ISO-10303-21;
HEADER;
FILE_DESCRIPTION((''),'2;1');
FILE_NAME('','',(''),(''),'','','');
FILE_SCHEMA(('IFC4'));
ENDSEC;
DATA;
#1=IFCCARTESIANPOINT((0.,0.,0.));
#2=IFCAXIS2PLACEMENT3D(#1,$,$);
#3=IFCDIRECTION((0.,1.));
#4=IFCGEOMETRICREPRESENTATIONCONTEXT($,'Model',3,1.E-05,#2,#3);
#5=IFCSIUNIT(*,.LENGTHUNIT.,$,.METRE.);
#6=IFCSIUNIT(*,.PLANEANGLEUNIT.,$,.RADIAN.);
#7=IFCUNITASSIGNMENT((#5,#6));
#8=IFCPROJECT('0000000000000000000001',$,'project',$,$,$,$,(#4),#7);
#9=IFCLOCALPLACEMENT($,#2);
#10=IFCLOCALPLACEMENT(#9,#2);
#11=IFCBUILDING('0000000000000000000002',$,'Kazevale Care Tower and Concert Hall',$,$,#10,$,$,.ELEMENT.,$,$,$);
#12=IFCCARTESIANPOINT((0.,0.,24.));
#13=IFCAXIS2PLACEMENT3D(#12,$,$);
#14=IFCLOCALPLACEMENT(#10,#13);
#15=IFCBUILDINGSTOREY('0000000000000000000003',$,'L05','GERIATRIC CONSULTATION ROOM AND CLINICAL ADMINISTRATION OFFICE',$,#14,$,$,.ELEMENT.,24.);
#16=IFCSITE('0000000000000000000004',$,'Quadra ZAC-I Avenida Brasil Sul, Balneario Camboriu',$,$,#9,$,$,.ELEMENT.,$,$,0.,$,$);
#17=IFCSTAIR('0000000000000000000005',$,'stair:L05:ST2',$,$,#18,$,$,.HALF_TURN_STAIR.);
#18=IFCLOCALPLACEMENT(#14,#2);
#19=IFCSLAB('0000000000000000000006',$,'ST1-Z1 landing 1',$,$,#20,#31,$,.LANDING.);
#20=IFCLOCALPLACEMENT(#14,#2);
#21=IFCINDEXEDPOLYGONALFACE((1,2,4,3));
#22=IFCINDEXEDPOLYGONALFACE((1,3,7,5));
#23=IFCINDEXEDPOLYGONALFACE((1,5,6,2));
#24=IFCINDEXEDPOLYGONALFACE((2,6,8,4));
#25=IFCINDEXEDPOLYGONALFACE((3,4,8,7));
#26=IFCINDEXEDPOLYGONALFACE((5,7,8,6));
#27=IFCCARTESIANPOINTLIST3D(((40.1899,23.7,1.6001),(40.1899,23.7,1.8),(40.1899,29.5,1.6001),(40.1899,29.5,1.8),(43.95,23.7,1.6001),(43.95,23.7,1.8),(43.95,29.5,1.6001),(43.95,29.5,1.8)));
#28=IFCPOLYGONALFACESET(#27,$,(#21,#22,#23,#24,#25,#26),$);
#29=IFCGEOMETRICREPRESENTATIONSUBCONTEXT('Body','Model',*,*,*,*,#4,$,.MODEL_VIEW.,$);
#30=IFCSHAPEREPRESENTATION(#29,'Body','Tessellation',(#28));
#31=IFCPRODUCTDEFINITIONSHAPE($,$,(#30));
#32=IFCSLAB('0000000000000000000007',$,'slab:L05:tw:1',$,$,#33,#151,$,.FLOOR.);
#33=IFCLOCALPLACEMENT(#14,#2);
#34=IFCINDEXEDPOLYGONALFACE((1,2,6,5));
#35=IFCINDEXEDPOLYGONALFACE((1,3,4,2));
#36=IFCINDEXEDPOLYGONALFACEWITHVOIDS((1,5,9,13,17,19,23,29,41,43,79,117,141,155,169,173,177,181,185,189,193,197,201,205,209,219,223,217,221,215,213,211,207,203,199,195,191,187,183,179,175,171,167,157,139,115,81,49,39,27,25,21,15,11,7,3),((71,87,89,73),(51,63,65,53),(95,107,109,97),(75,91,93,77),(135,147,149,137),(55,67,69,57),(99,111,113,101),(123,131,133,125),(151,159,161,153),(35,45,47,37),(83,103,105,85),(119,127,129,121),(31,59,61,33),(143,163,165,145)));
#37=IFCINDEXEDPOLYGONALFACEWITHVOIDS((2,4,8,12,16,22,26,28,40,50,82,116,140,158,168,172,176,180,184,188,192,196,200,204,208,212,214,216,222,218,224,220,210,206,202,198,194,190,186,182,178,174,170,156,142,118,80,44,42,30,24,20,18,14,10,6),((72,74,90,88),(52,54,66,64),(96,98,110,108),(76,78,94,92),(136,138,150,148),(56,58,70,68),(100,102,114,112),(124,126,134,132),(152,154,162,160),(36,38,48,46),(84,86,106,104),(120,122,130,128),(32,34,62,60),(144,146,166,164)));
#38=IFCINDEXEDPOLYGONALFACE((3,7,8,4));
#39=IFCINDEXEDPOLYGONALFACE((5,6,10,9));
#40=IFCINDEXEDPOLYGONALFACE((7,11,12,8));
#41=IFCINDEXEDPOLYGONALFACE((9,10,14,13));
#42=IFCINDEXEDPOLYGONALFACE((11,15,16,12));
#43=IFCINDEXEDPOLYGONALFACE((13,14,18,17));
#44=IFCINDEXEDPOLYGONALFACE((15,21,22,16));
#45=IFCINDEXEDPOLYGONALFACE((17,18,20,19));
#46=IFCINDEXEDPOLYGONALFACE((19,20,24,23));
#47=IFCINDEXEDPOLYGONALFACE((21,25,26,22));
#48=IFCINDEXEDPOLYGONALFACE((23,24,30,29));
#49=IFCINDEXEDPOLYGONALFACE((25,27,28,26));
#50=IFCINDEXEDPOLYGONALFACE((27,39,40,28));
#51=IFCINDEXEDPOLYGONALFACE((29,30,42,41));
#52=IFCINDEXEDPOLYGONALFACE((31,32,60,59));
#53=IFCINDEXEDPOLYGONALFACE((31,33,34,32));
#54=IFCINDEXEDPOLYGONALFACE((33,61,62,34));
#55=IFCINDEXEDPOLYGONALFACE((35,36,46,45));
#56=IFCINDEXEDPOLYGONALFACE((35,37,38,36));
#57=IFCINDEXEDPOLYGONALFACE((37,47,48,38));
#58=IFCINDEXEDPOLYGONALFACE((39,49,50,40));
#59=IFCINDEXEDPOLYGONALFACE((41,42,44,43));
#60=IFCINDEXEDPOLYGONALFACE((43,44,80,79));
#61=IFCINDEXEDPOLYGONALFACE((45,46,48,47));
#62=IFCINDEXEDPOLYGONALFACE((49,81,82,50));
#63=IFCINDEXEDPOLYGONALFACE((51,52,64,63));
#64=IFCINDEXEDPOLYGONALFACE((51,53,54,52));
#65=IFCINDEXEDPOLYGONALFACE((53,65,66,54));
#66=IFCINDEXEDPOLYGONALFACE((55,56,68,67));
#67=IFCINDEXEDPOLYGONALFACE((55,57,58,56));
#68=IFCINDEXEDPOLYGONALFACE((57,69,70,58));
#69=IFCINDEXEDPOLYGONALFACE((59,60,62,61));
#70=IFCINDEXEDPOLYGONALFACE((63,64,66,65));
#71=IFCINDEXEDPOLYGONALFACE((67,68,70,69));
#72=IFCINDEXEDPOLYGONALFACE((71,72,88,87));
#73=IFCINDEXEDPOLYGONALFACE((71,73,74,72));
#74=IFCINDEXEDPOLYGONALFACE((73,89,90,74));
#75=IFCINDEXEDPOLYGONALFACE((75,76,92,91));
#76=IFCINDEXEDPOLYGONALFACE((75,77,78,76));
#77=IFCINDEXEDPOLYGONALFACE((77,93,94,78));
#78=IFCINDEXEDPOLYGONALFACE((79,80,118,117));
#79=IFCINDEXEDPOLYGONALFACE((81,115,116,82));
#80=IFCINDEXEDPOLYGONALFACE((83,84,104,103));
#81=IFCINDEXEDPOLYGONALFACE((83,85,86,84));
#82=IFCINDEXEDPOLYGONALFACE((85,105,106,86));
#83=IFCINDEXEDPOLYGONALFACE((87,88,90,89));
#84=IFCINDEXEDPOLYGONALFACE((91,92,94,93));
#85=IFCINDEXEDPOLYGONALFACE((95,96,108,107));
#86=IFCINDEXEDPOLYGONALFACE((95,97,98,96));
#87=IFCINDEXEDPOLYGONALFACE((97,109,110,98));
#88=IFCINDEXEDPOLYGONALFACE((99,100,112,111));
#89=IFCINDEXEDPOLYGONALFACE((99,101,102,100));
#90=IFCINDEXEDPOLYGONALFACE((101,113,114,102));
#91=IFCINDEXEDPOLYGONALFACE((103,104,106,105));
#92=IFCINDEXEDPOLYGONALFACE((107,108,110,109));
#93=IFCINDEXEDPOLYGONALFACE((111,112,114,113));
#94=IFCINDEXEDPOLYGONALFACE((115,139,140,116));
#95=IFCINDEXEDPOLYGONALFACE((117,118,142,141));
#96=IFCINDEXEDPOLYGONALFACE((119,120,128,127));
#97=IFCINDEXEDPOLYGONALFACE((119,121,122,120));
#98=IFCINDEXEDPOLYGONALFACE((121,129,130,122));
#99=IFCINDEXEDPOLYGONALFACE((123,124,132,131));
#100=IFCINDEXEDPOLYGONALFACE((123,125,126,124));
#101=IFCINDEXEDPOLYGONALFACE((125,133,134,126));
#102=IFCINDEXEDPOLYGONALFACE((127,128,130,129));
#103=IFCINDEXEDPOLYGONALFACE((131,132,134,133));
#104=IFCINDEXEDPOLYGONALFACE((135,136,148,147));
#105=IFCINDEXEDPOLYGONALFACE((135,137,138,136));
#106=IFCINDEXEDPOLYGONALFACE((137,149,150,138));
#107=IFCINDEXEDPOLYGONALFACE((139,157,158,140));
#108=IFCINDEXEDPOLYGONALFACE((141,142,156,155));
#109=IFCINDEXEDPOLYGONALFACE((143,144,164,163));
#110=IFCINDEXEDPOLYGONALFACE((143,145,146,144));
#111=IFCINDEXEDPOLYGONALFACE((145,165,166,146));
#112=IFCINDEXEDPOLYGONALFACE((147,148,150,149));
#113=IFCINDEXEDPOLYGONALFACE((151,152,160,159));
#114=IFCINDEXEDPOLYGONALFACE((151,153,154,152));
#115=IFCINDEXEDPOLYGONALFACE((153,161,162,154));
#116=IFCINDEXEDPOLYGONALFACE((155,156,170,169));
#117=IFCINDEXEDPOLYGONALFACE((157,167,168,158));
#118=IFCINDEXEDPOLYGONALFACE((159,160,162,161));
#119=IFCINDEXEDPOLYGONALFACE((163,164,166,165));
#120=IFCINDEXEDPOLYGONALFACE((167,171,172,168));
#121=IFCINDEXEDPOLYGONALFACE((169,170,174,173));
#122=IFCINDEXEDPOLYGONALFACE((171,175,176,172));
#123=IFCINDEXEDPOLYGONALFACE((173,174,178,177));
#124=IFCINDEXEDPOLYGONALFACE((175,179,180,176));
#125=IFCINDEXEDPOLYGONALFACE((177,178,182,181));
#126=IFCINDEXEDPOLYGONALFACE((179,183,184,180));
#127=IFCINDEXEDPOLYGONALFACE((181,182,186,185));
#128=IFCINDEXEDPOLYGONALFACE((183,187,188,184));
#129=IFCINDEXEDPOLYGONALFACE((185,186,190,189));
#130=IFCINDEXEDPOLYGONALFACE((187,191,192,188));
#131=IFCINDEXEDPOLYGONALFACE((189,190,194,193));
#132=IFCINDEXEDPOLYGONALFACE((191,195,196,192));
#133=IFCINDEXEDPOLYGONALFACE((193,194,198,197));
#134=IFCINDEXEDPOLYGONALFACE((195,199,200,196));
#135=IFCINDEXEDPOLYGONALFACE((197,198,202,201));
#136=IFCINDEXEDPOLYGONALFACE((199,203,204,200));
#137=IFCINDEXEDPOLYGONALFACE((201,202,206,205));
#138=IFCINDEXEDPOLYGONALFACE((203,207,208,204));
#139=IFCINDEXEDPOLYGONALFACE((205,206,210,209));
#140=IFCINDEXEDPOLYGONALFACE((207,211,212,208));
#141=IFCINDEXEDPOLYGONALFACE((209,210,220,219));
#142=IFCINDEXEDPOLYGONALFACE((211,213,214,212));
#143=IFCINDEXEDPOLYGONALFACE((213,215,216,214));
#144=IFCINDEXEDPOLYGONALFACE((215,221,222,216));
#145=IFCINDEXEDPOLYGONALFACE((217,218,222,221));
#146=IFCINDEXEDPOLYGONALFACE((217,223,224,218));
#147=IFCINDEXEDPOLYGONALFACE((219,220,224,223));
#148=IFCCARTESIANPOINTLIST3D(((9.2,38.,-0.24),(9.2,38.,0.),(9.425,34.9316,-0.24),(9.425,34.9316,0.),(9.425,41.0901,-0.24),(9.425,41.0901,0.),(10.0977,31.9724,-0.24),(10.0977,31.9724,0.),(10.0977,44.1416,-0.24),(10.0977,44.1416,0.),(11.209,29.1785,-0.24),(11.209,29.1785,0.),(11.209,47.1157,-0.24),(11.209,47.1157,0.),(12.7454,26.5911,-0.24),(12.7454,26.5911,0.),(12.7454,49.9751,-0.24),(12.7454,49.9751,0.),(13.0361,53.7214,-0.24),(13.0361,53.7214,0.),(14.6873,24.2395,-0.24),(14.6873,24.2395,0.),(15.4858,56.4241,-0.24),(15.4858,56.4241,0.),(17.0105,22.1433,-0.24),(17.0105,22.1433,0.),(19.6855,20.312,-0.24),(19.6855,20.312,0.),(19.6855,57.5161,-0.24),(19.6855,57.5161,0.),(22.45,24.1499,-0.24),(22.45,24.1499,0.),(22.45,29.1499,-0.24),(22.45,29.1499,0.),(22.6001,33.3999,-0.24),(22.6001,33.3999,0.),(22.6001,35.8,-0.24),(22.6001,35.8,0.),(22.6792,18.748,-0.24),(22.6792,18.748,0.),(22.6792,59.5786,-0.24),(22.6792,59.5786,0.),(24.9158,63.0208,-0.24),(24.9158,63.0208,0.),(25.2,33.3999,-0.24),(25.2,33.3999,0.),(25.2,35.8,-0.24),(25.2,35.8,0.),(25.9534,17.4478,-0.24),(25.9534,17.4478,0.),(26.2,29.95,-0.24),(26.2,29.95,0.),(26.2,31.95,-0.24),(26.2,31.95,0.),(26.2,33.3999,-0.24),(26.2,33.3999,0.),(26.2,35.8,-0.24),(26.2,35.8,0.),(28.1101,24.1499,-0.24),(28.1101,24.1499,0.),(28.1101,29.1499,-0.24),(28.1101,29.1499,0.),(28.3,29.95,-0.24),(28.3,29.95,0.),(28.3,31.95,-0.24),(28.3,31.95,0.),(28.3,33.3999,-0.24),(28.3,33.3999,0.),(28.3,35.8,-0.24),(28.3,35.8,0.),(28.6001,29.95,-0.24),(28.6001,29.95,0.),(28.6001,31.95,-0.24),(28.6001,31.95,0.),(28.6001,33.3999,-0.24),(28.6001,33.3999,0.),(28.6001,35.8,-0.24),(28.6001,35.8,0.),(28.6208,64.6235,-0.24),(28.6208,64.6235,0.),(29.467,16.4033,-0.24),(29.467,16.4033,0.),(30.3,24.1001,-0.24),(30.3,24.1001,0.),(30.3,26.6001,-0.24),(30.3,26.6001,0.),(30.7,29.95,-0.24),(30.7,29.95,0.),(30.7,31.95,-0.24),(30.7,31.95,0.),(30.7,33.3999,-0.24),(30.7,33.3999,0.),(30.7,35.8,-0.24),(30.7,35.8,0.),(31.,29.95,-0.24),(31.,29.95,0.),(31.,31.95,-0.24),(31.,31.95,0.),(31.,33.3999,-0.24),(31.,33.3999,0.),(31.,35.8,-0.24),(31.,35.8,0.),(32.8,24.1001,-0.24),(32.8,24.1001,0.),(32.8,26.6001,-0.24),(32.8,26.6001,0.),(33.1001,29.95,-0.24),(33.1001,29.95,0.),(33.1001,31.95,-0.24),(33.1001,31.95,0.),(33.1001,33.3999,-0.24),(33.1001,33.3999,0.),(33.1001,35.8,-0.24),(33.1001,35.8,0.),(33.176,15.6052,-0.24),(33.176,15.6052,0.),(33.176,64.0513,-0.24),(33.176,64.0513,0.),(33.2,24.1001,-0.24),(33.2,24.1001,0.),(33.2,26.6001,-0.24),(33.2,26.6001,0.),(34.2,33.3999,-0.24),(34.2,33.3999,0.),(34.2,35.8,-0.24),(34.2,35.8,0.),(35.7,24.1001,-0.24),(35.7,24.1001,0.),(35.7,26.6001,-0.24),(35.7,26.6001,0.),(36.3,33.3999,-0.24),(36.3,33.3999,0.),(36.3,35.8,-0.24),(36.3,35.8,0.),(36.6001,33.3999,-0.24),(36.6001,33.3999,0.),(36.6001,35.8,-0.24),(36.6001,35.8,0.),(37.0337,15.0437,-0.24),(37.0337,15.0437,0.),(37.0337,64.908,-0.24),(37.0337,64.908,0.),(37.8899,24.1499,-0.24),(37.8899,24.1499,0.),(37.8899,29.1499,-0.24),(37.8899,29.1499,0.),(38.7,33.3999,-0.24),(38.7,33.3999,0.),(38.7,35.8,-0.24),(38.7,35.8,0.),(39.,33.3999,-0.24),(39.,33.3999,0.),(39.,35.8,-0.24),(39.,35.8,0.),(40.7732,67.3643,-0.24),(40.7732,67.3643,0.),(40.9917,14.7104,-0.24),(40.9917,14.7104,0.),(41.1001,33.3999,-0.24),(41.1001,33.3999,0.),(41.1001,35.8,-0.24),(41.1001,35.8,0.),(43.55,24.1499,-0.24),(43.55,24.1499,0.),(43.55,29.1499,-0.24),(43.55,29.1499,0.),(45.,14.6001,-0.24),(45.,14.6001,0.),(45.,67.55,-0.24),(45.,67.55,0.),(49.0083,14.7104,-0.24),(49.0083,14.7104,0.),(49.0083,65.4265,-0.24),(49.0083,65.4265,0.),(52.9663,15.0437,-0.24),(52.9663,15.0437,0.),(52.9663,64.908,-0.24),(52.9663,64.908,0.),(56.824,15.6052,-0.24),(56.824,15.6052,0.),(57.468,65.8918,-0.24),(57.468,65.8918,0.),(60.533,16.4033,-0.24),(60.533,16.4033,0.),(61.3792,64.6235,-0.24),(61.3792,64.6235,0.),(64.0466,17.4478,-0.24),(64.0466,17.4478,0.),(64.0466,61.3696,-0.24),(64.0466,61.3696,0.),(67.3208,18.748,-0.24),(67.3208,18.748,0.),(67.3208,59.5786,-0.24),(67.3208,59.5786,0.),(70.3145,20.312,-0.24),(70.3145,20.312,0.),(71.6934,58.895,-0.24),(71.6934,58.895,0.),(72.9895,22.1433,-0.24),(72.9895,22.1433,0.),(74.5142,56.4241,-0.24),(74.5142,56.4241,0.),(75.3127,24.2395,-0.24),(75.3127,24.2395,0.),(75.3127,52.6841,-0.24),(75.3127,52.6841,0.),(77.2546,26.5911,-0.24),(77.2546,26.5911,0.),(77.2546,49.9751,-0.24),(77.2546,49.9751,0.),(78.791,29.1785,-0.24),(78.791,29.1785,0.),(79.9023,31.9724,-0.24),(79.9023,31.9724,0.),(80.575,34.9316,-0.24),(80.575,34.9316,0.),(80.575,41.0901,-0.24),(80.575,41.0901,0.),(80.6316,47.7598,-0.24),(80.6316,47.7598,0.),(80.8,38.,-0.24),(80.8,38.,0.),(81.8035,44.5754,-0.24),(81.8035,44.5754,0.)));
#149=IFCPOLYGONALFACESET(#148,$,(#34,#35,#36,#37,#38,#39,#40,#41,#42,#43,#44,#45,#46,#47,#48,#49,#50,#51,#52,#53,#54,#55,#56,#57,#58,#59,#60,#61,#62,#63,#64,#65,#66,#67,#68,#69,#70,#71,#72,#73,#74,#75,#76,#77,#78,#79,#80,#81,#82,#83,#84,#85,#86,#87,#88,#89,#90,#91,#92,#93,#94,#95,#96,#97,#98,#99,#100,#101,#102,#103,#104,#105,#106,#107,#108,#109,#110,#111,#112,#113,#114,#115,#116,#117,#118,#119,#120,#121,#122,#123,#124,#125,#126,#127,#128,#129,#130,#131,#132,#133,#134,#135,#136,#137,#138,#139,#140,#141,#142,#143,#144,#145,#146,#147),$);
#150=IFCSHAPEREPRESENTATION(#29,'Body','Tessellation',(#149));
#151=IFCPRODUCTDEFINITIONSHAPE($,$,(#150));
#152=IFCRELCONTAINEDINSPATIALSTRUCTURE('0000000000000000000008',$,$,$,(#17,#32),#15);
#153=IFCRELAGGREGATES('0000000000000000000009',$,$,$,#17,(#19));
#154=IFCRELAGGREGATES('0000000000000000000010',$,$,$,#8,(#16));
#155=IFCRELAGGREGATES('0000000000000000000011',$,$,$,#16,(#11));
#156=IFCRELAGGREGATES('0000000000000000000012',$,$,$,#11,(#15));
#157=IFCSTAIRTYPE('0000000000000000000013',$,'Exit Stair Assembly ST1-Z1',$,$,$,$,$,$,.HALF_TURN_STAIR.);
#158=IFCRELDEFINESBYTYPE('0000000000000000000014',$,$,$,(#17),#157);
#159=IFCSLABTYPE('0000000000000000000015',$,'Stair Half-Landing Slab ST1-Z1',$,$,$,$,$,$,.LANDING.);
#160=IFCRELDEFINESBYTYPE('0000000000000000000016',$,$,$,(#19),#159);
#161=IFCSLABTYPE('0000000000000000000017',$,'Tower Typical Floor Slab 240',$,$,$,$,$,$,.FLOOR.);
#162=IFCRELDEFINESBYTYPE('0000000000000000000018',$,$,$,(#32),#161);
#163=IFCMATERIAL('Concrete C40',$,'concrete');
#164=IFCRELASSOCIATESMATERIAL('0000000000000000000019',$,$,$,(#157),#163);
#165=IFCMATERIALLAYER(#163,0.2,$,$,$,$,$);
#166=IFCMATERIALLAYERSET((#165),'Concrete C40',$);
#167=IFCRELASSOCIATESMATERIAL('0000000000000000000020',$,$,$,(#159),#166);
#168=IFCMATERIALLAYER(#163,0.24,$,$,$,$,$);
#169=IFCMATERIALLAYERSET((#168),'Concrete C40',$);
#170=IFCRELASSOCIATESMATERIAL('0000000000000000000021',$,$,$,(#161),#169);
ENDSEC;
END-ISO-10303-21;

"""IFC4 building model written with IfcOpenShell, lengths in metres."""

from ifc_helpers import new_model, si_unit, direction, frame, origin, place, context, subcontext, project, spatial, polyline, outline, extrude, material, layer, layer_set, type_object, element, aggregate, save


model = new_model("IFC4")

# Units and contexts
model_context = context("Model", 3, precision=1e-05, world=origin(), true_north=direction((0.0, 1.0)))
body_context = subcontext(model_context, "Body", "Model", "MODEL_VIEW")
ifc_project = project(units=[si_unit("LENGTHUNIT", "METRE"), si_unit("PLANEANGLEUNIT", "RADIAN")], contexts=[model_context])

# Site, building, storey
site_placement = place(None, origin())
site = spatial("IfcSite", under=ifc_project, at=site_placement, Name="Quadra ZAC-I Avenida Brasil Sul, Balneario Camboriu", CompositionType="ELEMENT", RefElevation=0.0)
building_placement = place(site_placement, origin())
building = spatial("IfcBuilding", under=site, at=building_placement, Name="Kazevale Care Tower and Concert Hall", CompositionType="ELEMENT")
storey_placement = place(building_placement, frame((0.0, 0.0, 24.0)))
storey = spatial("IfcBuildingStorey", under=building, at=storey_placement, Name="L05", Description="GERIATRIC CONSULTATION ROOM AND CLINICAL ADMINISTRATION OFFICE", CompositionType="ELEMENT", Elevation=24.0)

# Shared definitions
ifc_material_1 = material(Name="Concrete C40", Category="concrete")

# Stair, slab
stair_type = type_object("IfcStairType", Name="Exit Stair Assembly ST1-Z1", PredefinedType="HALF_TURN_STAIR", material=ifc_material_1)
ifc_layer_1 = layer(ifc_material_1, 0.2)
ifc_layer_set_1 = layer_set([ifc_layer_1], Name="Concrete C40")
slab_type_1 = type_object("IfcSlabType", Name="Stair Half-Landing Slab ST1-Z1", PredefinedType="LANDING", material=ifc_layer_set_1)
stair_1_placement = place(storey_placement, origin())
stair_1 = element("IfcStair", 1, at=stair_1_placement, inside=storey, type_object=stair_type, Name="stair:L05:ST2", PredefinedType="HALF_TURN_STAIR")
slab_1_placement = place(storey_placement, frame((0.0, 0.0, 1.6001)))
slab_1 = element("IfcSlab", 2, at=slab_1_placement, type_object=slab_type_1, Name="ST1-Z1 landing 1", PredefinedType="LANDING", context=body_context, shape_type="SweptSolid", body=[
    extrude(outline(polyline([(40.1899, 23.7), (43.95, 23.7), (43.95, 29.5), (40.1899, 29.5), (40.1899, 23.7)])), origin(), (0.0, 0.0, 1.0), 0.2),
])
aggregate(stair_1, [slab_1])

# Slab
ifc_layer_2 = layer(ifc_material_1, 0.24)
ifc_layer_set_2 = layer_set([ifc_layer_2], Name="Concrete C40")
slab_type_2 = type_object("IfcSlabType", Name="Tower Typical Floor Slab 240", PredefinedType="FLOOR", material=ifc_layer_set_2)
slab_2_placement = place(storey_placement, frame((0.0, 0.0, -0.24)))
element("IfcSlab", 3, at=slab_2_placement, inside=storey, type_object=slab_type_2, Name="slab:L05:tw:1", PredefinedType="FLOOR", context=body_context, shape_type="SweptSolid", body=[
    extrude(outline(polyline([(80.8, 38.0), (80.575, 41.0901), (81.8035, 44.5754), (80.6316, 47.7598), (77.2546, 49.9751), (75.3127, 52.6841), (74.5142, 56.4241), (71.6934, 58.895), (67.3208, 59.5786), (64.0466, 61.3696), (61.3792, 64.6235), (57.468, 65.8918), (52.9663, 64.908), (49.0083, 65.4265), (45.0, 67.55), (40.7732, 67.3643), (37.0337, 64.908), (33.176, 64.0513), (28.6208, 64.6235), (24.9158, 63.0208), (22.6792, 59.5786), (19.6855, 57.5161), (15.4858, 56.4241), (13.0361, 53.7214), (12.7454, 49.9751), (11.209, 47.1157), (10.0977, 44.1416), (9.425, 41.0901), (9.2, 38.0), (9.425, 34.9316), (10.0977, 31.9724), (11.209, 29.1785), (12.7454, 26.5911), (14.6873, 24.2395), (17.0105, 22.1433), (19.6855, 20.312), (22.6792, 18.748), (25.9534, 17.4478), (29.467, 16.4033), (33.176, 15.6052), (37.0337, 15.0437), (40.9917, 14.7104), (45.0, 14.6001), (49.0083, 14.7104), (52.9663, 15.0437), (56.824, 15.6052), (60.533, 16.4033), (64.0466, 17.4478), (67.3208, 18.748), (70.3145, 20.312), (72.9895, 22.1433), (75.3127, 24.2395), (77.2546, 26.5911), (78.791, 29.1785), (79.9023, 31.9724), (80.575, 34.9316), (80.8, 38.0)]), holes=[polyline([(22.45, 24.1499), (28.1101, 24.1499), (28.1101, 29.1499), (22.45, 29.1499), (22.45, 24.1499)]), polyline([(37.8899, 24.1499), (43.55, 24.1499), (43.55, 29.1499), (37.8899, 29.1499), (37.8899, 24.1499)]), polyline([(30.3, 24.1001), (32.8, 24.1001), (32.8, 26.6001), (30.3, 26.6001), (30.3, 24.1001)]), polyline([(33.2, 24.1001), (35.7, 24.1001), (35.7, 26.6001), (33.2, 26.6001), (33.2, 24.1001)]), polyline([(22.6001, 33.3999), (25.2, 33.3999), (25.2, 35.8), (22.6001, 35.8), (22.6001, 33.3999)]), polyline([(26.2, 33.3999), (28.3, 33.3999), (28.3, 35.8), (26.2, 35.8), (26.2, 33.3999)]), polyline([(28.6001, 33.3999), (30.7, 33.3999), (30.7, 35.8), (28.6001, 35.8), (28.6001, 33.3999)]), polyline([(31.0, 33.3999), (33.1001, 33.3999), (33.1001, 35.8), (31.0, 35.8), (31.0, 33.3999)]), polyline([(34.2, 33.3999), (36.3, 33.3999), (36.3, 35.8), (34.2, 35.8), (34.2, 33.3999)]), polyline([(36.6001, 33.3999), (38.7, 33.3999), (38.7, 35.8), (36.6001, 35.8), (36.6001, 33.3999)]), polyline([(39.0, 33.3999), (41.1001, 33.3999), (41.1001, 35.8), (39.0, 35.8), (39.0, 33.3999)]), polyline([(26.2, 29.95), (28.3, 29.95), (28.3, 31.95), (26.2, 31.95), (26.2, 29.95)]), polyline([(28.6001, 29.95), (30.7, 29.95), (30.7, 31.95), (28.6001, 31.95), (28.6001, 29.95)]), polyline([(31.0, 29.95), (33.1001, 29.95), (33.1001, 31.95), (31.0, 31.95), (31.0, 29.95)])]), origin(), (0.0, 0.0, 1.0), 0.24),
])

save(model, "model.ifc")
